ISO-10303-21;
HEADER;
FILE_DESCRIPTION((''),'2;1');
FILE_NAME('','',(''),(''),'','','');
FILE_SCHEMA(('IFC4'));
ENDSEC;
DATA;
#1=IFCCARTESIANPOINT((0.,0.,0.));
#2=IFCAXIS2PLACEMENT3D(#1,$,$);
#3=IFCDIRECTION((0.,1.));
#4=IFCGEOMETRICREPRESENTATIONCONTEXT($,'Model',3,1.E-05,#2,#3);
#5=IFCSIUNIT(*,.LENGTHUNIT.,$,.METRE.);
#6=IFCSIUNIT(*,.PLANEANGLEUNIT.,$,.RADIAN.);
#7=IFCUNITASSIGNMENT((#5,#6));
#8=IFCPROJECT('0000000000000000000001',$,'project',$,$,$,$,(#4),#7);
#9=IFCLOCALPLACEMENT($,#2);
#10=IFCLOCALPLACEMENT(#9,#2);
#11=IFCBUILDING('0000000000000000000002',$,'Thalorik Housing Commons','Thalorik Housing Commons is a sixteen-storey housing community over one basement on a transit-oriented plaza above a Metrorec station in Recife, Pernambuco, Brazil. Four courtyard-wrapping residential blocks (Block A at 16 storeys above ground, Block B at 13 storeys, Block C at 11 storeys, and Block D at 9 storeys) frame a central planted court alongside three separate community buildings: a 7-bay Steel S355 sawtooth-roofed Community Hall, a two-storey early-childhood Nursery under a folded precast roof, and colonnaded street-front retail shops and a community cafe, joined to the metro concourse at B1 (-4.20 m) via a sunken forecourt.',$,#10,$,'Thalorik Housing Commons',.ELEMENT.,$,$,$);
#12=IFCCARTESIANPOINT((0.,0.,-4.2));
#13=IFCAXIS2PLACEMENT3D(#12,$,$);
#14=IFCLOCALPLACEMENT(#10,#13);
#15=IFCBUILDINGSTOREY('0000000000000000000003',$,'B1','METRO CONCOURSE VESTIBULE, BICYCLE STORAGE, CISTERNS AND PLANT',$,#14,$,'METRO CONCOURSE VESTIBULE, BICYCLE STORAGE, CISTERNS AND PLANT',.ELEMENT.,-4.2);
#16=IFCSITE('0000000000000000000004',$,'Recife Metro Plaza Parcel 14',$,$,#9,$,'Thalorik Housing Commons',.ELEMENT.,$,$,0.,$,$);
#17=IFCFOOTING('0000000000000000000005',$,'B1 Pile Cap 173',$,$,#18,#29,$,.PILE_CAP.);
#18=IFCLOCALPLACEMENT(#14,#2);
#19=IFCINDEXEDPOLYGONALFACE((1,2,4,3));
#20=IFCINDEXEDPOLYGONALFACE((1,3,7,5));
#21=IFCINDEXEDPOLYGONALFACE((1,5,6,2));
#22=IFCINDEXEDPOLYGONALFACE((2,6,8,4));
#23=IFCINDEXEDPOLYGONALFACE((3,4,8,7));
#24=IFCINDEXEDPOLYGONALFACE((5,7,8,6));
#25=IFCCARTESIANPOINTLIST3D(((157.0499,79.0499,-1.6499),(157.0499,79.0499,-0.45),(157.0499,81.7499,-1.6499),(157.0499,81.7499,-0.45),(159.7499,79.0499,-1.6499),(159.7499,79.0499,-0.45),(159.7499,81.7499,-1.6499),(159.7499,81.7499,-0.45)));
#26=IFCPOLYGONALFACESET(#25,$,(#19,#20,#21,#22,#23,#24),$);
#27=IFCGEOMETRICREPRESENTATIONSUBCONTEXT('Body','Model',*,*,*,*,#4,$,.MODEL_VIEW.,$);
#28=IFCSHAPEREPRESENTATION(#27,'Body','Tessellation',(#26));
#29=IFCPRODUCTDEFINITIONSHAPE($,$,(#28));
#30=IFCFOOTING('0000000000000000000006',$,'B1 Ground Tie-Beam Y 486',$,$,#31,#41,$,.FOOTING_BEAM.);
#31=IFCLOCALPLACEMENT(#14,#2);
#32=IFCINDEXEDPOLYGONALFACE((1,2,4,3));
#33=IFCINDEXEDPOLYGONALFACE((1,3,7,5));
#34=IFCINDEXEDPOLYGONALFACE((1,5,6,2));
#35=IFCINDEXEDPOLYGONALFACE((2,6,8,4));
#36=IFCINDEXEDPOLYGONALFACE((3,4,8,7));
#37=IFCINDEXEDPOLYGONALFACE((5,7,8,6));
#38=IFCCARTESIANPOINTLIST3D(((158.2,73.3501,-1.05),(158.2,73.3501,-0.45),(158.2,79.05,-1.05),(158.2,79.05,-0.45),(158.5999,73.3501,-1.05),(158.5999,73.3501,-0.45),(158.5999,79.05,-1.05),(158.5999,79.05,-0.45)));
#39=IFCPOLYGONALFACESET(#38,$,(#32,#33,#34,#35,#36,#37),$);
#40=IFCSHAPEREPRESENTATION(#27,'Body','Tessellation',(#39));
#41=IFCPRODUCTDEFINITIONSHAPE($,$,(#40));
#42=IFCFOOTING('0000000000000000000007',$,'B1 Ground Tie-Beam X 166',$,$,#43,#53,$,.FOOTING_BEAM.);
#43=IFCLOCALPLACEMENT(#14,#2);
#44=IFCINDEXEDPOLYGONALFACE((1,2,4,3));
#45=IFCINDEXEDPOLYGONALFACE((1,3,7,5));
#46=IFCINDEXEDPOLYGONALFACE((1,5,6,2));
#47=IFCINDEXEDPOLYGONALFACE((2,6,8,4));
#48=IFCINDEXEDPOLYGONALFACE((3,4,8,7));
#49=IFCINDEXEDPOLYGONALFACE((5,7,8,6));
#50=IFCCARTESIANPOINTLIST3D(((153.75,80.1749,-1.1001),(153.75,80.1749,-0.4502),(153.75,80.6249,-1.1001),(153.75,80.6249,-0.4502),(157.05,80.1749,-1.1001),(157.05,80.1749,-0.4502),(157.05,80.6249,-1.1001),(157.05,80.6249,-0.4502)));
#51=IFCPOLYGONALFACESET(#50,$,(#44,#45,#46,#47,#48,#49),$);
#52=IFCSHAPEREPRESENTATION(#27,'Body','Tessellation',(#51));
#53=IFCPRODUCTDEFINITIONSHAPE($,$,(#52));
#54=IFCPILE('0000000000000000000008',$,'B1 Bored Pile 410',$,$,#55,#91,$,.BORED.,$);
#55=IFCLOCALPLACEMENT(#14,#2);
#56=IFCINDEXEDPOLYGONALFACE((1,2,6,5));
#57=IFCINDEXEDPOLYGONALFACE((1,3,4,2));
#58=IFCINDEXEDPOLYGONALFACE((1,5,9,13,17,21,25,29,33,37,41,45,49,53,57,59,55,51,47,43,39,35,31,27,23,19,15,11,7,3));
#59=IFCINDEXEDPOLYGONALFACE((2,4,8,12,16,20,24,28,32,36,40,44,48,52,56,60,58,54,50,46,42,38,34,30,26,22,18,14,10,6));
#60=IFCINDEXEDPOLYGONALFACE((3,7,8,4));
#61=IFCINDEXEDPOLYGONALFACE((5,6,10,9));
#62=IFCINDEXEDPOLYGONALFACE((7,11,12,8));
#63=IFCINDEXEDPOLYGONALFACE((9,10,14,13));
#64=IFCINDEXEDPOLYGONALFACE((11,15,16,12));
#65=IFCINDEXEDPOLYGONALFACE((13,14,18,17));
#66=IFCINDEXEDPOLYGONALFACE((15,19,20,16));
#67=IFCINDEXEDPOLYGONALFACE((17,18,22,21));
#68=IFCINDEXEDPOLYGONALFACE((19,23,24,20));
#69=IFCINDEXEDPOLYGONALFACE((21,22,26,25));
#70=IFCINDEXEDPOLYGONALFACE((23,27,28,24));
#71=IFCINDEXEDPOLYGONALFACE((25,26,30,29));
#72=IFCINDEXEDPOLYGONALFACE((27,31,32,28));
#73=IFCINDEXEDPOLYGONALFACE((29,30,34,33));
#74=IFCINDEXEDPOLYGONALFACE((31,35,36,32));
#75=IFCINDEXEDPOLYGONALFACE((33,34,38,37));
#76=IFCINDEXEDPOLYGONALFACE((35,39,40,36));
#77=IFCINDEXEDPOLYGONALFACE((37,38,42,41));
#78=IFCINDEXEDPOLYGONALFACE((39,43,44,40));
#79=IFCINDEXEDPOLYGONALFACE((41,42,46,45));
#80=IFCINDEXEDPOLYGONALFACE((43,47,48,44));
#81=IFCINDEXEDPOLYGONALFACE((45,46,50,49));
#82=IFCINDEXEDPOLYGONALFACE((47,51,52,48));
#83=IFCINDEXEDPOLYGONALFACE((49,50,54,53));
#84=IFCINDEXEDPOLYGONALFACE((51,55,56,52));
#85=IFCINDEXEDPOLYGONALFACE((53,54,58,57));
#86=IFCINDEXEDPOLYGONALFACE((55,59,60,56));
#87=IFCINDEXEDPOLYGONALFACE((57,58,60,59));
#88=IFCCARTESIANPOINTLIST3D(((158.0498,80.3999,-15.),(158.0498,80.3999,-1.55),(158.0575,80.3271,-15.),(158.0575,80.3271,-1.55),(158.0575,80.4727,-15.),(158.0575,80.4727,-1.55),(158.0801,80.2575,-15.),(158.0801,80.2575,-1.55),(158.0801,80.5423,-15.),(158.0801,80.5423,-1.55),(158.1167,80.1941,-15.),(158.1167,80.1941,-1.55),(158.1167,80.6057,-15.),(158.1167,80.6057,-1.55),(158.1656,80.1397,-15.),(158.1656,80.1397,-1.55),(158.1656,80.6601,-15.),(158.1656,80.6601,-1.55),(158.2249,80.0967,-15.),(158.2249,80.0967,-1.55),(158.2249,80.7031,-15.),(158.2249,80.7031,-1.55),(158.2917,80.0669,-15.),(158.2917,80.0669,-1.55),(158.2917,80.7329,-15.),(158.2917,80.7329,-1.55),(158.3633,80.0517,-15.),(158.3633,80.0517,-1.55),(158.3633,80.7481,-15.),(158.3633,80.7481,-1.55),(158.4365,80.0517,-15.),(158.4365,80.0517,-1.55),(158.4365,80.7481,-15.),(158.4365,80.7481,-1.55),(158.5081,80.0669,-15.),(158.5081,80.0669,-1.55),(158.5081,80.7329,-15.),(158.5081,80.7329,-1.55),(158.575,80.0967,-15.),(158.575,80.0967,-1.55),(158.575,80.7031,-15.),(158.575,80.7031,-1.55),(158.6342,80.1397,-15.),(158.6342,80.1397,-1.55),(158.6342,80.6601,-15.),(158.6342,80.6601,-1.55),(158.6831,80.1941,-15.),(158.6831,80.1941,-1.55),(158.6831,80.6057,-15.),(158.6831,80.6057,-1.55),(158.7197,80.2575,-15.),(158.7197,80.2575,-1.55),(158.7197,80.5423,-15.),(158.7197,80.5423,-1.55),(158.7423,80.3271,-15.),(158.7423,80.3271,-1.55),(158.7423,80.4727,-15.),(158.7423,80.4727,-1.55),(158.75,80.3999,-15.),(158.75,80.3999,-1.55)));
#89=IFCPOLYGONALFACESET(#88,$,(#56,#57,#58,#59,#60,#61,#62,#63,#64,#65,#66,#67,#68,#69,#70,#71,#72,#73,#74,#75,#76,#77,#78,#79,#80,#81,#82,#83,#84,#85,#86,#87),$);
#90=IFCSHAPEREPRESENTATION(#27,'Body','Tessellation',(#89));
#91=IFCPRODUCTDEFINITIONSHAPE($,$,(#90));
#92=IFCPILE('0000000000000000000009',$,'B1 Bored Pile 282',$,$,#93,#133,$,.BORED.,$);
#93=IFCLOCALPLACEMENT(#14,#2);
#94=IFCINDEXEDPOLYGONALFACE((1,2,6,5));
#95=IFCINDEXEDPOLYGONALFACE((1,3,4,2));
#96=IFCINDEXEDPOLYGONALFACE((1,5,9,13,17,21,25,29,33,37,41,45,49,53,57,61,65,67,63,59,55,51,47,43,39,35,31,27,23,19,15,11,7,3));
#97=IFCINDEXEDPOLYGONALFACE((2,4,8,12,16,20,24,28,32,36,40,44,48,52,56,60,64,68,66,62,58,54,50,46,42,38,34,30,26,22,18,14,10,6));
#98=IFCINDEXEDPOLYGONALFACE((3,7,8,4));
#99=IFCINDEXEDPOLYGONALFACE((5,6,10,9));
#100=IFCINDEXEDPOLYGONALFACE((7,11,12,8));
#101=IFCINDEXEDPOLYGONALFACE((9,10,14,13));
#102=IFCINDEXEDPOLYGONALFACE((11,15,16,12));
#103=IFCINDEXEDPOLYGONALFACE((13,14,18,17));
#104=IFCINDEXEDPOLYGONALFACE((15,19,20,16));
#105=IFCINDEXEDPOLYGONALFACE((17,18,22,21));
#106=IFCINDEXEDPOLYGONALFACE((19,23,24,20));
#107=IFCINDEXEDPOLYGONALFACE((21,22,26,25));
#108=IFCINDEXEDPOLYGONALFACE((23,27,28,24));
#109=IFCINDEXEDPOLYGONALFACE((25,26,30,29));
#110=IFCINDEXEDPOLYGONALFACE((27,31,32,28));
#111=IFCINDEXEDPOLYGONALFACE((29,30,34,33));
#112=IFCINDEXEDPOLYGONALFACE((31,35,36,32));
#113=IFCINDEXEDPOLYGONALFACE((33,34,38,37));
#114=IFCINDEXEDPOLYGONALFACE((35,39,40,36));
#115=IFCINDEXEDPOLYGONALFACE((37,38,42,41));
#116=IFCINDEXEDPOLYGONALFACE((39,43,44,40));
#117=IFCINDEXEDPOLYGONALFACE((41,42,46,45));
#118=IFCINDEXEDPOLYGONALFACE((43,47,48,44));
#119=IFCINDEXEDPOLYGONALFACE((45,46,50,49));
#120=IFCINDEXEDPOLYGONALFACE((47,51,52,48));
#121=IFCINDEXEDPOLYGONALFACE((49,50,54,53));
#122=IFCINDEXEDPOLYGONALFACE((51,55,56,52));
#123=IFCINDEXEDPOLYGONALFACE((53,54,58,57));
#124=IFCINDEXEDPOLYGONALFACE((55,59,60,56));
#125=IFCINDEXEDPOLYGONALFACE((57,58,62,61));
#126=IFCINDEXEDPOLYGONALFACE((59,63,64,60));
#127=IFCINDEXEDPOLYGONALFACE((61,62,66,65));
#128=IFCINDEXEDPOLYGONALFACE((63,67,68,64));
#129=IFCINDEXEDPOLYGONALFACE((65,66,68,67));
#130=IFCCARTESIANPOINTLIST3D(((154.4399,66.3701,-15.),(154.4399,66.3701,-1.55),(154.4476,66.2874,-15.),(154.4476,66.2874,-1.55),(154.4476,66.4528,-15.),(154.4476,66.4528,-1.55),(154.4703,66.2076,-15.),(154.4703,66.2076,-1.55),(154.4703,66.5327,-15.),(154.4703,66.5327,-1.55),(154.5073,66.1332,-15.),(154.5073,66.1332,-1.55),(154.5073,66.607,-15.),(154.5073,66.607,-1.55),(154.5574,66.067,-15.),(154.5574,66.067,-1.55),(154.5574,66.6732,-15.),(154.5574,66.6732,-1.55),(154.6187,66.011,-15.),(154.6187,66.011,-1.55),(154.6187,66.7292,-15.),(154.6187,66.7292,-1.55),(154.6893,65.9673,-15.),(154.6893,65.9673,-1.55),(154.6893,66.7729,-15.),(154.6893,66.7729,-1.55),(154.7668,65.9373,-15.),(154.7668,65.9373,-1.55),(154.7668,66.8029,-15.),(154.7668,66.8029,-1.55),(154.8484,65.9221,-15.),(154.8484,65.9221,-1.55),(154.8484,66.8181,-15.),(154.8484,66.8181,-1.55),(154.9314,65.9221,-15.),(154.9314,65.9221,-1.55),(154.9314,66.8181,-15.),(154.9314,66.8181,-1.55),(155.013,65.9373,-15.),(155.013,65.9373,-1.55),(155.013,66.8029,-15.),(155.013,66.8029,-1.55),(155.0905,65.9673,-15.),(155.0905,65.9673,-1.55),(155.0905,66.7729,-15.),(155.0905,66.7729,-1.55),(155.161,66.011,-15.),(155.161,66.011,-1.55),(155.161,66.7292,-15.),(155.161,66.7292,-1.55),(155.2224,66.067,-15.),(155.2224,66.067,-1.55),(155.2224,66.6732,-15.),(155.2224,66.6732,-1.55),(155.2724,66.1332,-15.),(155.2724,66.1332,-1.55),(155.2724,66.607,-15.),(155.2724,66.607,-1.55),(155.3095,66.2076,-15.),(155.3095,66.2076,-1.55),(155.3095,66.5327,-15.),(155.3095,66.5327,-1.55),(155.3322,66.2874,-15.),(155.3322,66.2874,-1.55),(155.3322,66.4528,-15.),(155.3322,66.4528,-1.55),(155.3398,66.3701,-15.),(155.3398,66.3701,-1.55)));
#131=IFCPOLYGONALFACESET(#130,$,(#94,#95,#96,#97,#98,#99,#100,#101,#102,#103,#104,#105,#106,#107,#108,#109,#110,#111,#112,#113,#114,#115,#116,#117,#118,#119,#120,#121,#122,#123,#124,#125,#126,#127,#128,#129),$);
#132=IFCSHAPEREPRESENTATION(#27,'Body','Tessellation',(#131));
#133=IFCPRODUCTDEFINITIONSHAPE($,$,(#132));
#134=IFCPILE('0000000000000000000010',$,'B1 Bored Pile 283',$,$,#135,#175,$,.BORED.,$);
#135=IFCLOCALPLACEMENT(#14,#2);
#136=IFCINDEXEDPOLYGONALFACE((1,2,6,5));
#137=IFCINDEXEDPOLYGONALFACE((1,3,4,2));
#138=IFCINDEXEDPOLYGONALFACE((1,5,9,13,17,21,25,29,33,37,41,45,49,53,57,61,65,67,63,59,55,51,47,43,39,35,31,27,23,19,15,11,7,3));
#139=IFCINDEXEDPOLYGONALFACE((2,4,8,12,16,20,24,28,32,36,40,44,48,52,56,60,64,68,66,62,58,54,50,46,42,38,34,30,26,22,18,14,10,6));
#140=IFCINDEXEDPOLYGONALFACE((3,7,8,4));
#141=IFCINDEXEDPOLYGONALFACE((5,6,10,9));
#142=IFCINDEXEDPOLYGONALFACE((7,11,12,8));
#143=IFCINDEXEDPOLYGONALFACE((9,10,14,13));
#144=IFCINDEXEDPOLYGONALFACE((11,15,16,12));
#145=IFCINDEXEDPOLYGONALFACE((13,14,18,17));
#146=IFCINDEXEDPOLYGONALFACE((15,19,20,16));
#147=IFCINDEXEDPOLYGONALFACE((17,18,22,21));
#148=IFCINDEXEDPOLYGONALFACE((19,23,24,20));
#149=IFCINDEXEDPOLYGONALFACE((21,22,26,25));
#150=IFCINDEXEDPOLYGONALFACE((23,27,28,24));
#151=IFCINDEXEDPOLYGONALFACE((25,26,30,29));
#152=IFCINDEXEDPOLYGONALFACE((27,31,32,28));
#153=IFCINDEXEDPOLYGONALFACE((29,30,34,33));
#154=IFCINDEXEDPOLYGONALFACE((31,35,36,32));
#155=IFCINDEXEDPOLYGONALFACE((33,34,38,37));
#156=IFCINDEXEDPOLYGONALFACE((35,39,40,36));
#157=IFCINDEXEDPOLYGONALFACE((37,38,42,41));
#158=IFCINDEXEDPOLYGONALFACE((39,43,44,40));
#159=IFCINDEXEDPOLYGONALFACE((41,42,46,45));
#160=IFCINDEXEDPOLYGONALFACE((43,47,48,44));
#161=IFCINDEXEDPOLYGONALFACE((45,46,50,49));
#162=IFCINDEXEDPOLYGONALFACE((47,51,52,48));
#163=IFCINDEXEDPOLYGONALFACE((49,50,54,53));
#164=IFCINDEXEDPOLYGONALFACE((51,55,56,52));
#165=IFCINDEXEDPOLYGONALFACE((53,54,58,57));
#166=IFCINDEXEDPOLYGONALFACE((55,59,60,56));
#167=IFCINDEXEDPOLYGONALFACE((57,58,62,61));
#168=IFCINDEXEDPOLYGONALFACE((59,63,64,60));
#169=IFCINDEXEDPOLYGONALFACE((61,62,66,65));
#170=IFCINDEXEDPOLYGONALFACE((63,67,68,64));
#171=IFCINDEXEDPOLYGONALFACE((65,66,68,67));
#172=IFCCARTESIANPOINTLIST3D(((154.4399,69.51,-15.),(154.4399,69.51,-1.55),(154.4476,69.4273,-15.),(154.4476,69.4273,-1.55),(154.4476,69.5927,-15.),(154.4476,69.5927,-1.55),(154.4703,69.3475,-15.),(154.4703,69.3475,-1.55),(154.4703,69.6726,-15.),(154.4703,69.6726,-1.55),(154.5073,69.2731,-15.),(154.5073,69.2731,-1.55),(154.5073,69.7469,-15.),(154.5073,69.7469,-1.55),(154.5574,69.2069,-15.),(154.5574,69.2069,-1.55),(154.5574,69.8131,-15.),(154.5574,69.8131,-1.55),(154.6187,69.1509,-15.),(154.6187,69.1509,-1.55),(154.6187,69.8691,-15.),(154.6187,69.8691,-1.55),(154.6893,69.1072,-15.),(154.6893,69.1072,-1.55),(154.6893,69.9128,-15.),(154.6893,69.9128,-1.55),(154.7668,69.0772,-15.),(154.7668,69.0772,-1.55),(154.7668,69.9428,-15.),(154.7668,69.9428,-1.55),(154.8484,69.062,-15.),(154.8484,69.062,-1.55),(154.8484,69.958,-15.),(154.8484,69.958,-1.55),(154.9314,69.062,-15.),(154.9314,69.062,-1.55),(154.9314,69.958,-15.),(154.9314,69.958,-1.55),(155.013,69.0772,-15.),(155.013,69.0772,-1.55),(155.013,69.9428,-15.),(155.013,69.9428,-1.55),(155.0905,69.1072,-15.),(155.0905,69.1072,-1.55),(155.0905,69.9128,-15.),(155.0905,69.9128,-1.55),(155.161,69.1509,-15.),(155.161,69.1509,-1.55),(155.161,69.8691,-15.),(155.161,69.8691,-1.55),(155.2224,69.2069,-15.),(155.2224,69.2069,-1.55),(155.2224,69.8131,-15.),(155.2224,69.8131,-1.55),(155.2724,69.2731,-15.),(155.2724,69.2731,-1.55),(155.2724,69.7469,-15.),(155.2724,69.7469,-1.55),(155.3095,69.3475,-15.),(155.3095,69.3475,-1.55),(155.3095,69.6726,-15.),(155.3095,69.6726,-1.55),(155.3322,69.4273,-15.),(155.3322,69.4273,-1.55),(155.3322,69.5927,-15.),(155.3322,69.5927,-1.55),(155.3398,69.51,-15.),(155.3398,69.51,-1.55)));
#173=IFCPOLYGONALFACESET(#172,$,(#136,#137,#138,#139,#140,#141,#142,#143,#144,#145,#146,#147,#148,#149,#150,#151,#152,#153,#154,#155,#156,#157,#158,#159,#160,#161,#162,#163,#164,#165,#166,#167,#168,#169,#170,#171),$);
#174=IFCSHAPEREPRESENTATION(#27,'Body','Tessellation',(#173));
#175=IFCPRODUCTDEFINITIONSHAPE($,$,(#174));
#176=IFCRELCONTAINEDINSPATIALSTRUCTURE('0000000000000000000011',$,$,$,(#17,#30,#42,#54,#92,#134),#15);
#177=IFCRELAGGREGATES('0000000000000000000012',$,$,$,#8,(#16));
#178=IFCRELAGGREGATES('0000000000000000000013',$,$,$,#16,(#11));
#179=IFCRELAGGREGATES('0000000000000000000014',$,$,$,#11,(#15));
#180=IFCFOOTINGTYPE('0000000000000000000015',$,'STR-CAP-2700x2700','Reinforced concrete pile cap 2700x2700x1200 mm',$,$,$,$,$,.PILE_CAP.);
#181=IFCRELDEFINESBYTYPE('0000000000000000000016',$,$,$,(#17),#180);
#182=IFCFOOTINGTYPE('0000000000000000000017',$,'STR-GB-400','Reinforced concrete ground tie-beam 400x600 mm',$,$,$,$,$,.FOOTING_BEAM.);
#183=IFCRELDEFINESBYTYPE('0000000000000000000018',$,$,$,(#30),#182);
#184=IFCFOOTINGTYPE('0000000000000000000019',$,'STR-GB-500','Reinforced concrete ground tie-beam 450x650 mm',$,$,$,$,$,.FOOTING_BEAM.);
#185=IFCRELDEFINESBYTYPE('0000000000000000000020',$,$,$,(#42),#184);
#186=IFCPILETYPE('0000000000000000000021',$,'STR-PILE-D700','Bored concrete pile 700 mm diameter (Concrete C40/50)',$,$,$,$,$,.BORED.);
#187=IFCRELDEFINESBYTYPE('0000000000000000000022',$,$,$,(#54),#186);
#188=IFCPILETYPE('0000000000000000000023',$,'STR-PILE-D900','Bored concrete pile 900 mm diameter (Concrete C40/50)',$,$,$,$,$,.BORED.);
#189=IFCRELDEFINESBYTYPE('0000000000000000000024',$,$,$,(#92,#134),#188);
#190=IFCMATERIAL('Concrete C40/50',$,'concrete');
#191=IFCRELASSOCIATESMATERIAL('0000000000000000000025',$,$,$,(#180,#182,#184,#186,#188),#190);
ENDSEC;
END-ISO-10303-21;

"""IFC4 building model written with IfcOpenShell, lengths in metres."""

from ifc_helpers import new_model, si_unit, direction, frame, origin, origin_2d, place, context, subcontext, project, spatial, rectangle, circle, extrude, material, material_profile, profile_set, type_object, element, save


model = new_model("IFC4")

# Units and contexts
model_context = context("Model", 3, precision=1e-05, world=origin(), true_north=direction((0.0, 1.0)))
body_context = subcontext(model_context, "Body", "Model", "MODEL_VIEW")
ifc_project = project(units=[si_unit("LENGTHUNIT", "METRE"), si_unit("PLANEANGLEUNIT", "RADIAN")], contexts=[model_context])

# Site, building, storey
site_placement = place(None, origin())
site = spatial("IfcSite", under=ifc_project, at=site_placement, Name="Recife Metro Plaza Parcel 14", LongName="Thalorik Housing Commons", CompositionType="ELEMENT", RefElevation=0.0)
building_placement = place(site_placement, origin())
building = spatial("IfcBuilding", under=site, at=building_placement, Name="Thalorik Housing Commons", Description="Thalorik Housing Commons is a sixteen-storey housing community over one basement on a transit-oriented plaza above a Metrorec station in Recife, Pernambuco, Brazil. Four courtyard-wrapping residential blocks (Block A at 16 storeys above ground, Block B at 13 storeys, Block C at 11 storeys, and Block D at 9 storeys) frame a central planted court alongside three separate community buildings: a 7-bay Steel S355 sawtooth-roofed Community Hall, a two-storey early-childhood Nursery under a folded precast roof, and colonnaded street-front retail shops and a community cafe, joined to the metro concourse at B1 (-4.20 m) via a sunken forecourt.", LongName="Thalorik Housing Commons", CompositionType="ELEMENT")
storey_placement = place(building_placement, frame((0.0, 0.0, -4.2)))
storey = spatial("IfcBuildingStorey", under=building, at=storey_placement, Name="B1", Description="METRO CONCOURSE VESTIBULE, BICYCLE STORAGE, CISTERNS AND PLANT", LongName="METRO CONCOURSE VESTIBULE, BICYCLE STORAGE, CISTERNS AND PLANT", CompositionType="ELEMENT", Elevation=-4.2)

# Footings
ifc_material_1 = material(Name="Concrete C40/50", Category="concrete")
footing_type_1 = type_object("IfcFootingType", Name="STR-CAP-2700x2700", Description="Reinforced concrete pile cap 2700x2700x1200 mm", PredefinedType="PILE_CAP", material=ifc_material_1)
footing_1_placement = place(storey_placement, frame((158.3999, 80.3999, -1.6499), z_axis=(0.0, 0.0, 1.0), x_axis=(1.0, 0.0, 0.0)))
element("IfcFooting", 1, at=footing_1_placement, inside=storey, type_object=footing_type_1, Name="B1 Pile Cap 173", PredefinedType="PILE_CAP", context=body_context, shape_type="SweptSolid", body=[
    extrude(rectangle(XDim=2.7, YDim=2.7, at=origin_2d()), origin(), (0.0, 0.0, 1.0), 1.2),
])
ifc_material_profile_1 = material_profile(ifc_material_1, rectangle(XDim=0.3999, YDim=0.6001, at=origin_2d()), Name="RC 400x600", Category="concrete")
ifc_profile_set_1 = profile_set([ifc_material_profile_1], Name="Concrete C40/50")
footing_type_2 = type_object("IfcFootingType", Name="STR-GB-400", Description="Reinforced concrete ground tie-beam 400x600 mm", PredefinedType="FOOTING_BEAM", material=ifc_profile_set_1)
footing_2_placement = place(storey_placement, frame((158.3999, 73.3501, -0.75), z_axis=(0.0, 1.0, 0.0), x_axis=(-1.0, 0.0, 0.0)))
element("IfcFooting", 2, at=footing_2_placement, inside=storey, type_object=footing_type_2, Name="B1 Ground Tie-Beam Y 486", PredefinedType="FOOTING_BEAM", context=body_context, shape_type="SweptSolid", body=[
    extrude(rectangle(XDim=0.3999, YDim=0.6001, at=origin_2d()), origin(), (0.0, 0.0, 1.0), 5.7),
])
ifc_material_profile_2 = material_profile(ifc_material_1, rectangle(XDim=0.45, YDim=0.6499, at=origin_2d()), Name="RC 450x650", Category="concrete")
ifc_profile_set_2 = profile_set([ifc_material_profile_2], Name="Concrete C40/50")
footing_type_3 = type_object("IfcFootingType", Name="STR-GB-500", Description="Reinforced concrete ground tie-beam 450x650 mm", PredefinedType="FOOTING_BEAM", material=ifc_profile_set_2)
footing_3_placement = place(storey_placement, frame((153.75, 80.3999, -0.7751), z_axis=(1.0, 0.0, 0.0), x_axis=(0.0, 1.0, 0.0)))
element("IfcFooting", 3, at=footing_3_placement, inside=storey, type_object=footing_type_3, Name="B1 Ground Tie-Beam X 166", PredefinedType="FOOTING_BEAM", context=body_context, shape_type="SweptSolid", body=[
    extrude(rectangle(XDim=0.45, YDim=0.6499, at=origin_2d()), origin(), (0.0, 0.0, 1.0), 3.3),
])

# Piles
ifc_material_profile_3 = material_profile(ifc_material_1, circle(Radius=0.3501, at=origin_2d()), Name="BORED PILE D700", Category="concrete")
ifc_profile_set_3 = profile_set([ifc_material_profile_3], Name="Concrete C40/50")
pile_type_1 = type_object("IfcPileType", Name="STR-PILE-D700", Description="Bored concrete pile 700 mm diameter (Concrete C40/50)", PredefinedType="BORED", material=ifc_profile_set_3)
pile_placement = place(storey_placement, frame((158.3999, 80.3999, -1.55), z_axis=(0.0, 0.0, -1.0), x_axis=(1.0, 0.0, 0.0)))
element("IfcPile", 4, at=pile_placement, inside=storey, type_object=pile_type_1, Name="B1 Bored Pile 410", PredefinedType="BORED", context=body_context, shape_type="SweptSolid", body=[
    extrude(circle(Radius=0.3501, at=origin_2d()), origin(), (0.0, 0.0, 1.0), 13.45),
])
ifc_material_profile_4 = material_profile(ifc_material_1, circle(Radius=0.45, at=origin_2d()), Name="BORED PILE D900", Category="concrete")
ifc_profile_set_4 = profile_set([ifc_material_profile_4], Name="Concrete C40/50")
pile_type_2 = type_object("IfcPileType", Name="STR-PILE-D900", Description="Bored concrete pile 900 mm diameter (Concrete C40/50)", PredefinedType="BORED", material=ifc_profile_set_4)
for number, where, z_axis, x_axis, name in (
    (5, (154.8899, 66.3701, -1.55), (0.0, 0.0, -1.0), (1.0, 0.0, 0.0), "B1 Bored Pile 282"),
    (6, (154.8899, 69.51, -1.55), (0.0, 0.0, -1.0), (1.0, 0.0, 0.0), "B1 Bored Pile 283"),
):
    element("IfcPile", number, at=place(storey_placement, frame(where, z_axis=z_axis, x_axis=x_axis)), inside=storey, type_object=pile_type_2, Name=name, PredefinedType="BORED", context=body_context, shape_type="SweptSolid", body=[
        extrude(circle(Radius=0.45, at=origin_2d()), origin(), (0.0, 0.0, 1.0), 13.45),
    ])

save(model, "model.ifc")
